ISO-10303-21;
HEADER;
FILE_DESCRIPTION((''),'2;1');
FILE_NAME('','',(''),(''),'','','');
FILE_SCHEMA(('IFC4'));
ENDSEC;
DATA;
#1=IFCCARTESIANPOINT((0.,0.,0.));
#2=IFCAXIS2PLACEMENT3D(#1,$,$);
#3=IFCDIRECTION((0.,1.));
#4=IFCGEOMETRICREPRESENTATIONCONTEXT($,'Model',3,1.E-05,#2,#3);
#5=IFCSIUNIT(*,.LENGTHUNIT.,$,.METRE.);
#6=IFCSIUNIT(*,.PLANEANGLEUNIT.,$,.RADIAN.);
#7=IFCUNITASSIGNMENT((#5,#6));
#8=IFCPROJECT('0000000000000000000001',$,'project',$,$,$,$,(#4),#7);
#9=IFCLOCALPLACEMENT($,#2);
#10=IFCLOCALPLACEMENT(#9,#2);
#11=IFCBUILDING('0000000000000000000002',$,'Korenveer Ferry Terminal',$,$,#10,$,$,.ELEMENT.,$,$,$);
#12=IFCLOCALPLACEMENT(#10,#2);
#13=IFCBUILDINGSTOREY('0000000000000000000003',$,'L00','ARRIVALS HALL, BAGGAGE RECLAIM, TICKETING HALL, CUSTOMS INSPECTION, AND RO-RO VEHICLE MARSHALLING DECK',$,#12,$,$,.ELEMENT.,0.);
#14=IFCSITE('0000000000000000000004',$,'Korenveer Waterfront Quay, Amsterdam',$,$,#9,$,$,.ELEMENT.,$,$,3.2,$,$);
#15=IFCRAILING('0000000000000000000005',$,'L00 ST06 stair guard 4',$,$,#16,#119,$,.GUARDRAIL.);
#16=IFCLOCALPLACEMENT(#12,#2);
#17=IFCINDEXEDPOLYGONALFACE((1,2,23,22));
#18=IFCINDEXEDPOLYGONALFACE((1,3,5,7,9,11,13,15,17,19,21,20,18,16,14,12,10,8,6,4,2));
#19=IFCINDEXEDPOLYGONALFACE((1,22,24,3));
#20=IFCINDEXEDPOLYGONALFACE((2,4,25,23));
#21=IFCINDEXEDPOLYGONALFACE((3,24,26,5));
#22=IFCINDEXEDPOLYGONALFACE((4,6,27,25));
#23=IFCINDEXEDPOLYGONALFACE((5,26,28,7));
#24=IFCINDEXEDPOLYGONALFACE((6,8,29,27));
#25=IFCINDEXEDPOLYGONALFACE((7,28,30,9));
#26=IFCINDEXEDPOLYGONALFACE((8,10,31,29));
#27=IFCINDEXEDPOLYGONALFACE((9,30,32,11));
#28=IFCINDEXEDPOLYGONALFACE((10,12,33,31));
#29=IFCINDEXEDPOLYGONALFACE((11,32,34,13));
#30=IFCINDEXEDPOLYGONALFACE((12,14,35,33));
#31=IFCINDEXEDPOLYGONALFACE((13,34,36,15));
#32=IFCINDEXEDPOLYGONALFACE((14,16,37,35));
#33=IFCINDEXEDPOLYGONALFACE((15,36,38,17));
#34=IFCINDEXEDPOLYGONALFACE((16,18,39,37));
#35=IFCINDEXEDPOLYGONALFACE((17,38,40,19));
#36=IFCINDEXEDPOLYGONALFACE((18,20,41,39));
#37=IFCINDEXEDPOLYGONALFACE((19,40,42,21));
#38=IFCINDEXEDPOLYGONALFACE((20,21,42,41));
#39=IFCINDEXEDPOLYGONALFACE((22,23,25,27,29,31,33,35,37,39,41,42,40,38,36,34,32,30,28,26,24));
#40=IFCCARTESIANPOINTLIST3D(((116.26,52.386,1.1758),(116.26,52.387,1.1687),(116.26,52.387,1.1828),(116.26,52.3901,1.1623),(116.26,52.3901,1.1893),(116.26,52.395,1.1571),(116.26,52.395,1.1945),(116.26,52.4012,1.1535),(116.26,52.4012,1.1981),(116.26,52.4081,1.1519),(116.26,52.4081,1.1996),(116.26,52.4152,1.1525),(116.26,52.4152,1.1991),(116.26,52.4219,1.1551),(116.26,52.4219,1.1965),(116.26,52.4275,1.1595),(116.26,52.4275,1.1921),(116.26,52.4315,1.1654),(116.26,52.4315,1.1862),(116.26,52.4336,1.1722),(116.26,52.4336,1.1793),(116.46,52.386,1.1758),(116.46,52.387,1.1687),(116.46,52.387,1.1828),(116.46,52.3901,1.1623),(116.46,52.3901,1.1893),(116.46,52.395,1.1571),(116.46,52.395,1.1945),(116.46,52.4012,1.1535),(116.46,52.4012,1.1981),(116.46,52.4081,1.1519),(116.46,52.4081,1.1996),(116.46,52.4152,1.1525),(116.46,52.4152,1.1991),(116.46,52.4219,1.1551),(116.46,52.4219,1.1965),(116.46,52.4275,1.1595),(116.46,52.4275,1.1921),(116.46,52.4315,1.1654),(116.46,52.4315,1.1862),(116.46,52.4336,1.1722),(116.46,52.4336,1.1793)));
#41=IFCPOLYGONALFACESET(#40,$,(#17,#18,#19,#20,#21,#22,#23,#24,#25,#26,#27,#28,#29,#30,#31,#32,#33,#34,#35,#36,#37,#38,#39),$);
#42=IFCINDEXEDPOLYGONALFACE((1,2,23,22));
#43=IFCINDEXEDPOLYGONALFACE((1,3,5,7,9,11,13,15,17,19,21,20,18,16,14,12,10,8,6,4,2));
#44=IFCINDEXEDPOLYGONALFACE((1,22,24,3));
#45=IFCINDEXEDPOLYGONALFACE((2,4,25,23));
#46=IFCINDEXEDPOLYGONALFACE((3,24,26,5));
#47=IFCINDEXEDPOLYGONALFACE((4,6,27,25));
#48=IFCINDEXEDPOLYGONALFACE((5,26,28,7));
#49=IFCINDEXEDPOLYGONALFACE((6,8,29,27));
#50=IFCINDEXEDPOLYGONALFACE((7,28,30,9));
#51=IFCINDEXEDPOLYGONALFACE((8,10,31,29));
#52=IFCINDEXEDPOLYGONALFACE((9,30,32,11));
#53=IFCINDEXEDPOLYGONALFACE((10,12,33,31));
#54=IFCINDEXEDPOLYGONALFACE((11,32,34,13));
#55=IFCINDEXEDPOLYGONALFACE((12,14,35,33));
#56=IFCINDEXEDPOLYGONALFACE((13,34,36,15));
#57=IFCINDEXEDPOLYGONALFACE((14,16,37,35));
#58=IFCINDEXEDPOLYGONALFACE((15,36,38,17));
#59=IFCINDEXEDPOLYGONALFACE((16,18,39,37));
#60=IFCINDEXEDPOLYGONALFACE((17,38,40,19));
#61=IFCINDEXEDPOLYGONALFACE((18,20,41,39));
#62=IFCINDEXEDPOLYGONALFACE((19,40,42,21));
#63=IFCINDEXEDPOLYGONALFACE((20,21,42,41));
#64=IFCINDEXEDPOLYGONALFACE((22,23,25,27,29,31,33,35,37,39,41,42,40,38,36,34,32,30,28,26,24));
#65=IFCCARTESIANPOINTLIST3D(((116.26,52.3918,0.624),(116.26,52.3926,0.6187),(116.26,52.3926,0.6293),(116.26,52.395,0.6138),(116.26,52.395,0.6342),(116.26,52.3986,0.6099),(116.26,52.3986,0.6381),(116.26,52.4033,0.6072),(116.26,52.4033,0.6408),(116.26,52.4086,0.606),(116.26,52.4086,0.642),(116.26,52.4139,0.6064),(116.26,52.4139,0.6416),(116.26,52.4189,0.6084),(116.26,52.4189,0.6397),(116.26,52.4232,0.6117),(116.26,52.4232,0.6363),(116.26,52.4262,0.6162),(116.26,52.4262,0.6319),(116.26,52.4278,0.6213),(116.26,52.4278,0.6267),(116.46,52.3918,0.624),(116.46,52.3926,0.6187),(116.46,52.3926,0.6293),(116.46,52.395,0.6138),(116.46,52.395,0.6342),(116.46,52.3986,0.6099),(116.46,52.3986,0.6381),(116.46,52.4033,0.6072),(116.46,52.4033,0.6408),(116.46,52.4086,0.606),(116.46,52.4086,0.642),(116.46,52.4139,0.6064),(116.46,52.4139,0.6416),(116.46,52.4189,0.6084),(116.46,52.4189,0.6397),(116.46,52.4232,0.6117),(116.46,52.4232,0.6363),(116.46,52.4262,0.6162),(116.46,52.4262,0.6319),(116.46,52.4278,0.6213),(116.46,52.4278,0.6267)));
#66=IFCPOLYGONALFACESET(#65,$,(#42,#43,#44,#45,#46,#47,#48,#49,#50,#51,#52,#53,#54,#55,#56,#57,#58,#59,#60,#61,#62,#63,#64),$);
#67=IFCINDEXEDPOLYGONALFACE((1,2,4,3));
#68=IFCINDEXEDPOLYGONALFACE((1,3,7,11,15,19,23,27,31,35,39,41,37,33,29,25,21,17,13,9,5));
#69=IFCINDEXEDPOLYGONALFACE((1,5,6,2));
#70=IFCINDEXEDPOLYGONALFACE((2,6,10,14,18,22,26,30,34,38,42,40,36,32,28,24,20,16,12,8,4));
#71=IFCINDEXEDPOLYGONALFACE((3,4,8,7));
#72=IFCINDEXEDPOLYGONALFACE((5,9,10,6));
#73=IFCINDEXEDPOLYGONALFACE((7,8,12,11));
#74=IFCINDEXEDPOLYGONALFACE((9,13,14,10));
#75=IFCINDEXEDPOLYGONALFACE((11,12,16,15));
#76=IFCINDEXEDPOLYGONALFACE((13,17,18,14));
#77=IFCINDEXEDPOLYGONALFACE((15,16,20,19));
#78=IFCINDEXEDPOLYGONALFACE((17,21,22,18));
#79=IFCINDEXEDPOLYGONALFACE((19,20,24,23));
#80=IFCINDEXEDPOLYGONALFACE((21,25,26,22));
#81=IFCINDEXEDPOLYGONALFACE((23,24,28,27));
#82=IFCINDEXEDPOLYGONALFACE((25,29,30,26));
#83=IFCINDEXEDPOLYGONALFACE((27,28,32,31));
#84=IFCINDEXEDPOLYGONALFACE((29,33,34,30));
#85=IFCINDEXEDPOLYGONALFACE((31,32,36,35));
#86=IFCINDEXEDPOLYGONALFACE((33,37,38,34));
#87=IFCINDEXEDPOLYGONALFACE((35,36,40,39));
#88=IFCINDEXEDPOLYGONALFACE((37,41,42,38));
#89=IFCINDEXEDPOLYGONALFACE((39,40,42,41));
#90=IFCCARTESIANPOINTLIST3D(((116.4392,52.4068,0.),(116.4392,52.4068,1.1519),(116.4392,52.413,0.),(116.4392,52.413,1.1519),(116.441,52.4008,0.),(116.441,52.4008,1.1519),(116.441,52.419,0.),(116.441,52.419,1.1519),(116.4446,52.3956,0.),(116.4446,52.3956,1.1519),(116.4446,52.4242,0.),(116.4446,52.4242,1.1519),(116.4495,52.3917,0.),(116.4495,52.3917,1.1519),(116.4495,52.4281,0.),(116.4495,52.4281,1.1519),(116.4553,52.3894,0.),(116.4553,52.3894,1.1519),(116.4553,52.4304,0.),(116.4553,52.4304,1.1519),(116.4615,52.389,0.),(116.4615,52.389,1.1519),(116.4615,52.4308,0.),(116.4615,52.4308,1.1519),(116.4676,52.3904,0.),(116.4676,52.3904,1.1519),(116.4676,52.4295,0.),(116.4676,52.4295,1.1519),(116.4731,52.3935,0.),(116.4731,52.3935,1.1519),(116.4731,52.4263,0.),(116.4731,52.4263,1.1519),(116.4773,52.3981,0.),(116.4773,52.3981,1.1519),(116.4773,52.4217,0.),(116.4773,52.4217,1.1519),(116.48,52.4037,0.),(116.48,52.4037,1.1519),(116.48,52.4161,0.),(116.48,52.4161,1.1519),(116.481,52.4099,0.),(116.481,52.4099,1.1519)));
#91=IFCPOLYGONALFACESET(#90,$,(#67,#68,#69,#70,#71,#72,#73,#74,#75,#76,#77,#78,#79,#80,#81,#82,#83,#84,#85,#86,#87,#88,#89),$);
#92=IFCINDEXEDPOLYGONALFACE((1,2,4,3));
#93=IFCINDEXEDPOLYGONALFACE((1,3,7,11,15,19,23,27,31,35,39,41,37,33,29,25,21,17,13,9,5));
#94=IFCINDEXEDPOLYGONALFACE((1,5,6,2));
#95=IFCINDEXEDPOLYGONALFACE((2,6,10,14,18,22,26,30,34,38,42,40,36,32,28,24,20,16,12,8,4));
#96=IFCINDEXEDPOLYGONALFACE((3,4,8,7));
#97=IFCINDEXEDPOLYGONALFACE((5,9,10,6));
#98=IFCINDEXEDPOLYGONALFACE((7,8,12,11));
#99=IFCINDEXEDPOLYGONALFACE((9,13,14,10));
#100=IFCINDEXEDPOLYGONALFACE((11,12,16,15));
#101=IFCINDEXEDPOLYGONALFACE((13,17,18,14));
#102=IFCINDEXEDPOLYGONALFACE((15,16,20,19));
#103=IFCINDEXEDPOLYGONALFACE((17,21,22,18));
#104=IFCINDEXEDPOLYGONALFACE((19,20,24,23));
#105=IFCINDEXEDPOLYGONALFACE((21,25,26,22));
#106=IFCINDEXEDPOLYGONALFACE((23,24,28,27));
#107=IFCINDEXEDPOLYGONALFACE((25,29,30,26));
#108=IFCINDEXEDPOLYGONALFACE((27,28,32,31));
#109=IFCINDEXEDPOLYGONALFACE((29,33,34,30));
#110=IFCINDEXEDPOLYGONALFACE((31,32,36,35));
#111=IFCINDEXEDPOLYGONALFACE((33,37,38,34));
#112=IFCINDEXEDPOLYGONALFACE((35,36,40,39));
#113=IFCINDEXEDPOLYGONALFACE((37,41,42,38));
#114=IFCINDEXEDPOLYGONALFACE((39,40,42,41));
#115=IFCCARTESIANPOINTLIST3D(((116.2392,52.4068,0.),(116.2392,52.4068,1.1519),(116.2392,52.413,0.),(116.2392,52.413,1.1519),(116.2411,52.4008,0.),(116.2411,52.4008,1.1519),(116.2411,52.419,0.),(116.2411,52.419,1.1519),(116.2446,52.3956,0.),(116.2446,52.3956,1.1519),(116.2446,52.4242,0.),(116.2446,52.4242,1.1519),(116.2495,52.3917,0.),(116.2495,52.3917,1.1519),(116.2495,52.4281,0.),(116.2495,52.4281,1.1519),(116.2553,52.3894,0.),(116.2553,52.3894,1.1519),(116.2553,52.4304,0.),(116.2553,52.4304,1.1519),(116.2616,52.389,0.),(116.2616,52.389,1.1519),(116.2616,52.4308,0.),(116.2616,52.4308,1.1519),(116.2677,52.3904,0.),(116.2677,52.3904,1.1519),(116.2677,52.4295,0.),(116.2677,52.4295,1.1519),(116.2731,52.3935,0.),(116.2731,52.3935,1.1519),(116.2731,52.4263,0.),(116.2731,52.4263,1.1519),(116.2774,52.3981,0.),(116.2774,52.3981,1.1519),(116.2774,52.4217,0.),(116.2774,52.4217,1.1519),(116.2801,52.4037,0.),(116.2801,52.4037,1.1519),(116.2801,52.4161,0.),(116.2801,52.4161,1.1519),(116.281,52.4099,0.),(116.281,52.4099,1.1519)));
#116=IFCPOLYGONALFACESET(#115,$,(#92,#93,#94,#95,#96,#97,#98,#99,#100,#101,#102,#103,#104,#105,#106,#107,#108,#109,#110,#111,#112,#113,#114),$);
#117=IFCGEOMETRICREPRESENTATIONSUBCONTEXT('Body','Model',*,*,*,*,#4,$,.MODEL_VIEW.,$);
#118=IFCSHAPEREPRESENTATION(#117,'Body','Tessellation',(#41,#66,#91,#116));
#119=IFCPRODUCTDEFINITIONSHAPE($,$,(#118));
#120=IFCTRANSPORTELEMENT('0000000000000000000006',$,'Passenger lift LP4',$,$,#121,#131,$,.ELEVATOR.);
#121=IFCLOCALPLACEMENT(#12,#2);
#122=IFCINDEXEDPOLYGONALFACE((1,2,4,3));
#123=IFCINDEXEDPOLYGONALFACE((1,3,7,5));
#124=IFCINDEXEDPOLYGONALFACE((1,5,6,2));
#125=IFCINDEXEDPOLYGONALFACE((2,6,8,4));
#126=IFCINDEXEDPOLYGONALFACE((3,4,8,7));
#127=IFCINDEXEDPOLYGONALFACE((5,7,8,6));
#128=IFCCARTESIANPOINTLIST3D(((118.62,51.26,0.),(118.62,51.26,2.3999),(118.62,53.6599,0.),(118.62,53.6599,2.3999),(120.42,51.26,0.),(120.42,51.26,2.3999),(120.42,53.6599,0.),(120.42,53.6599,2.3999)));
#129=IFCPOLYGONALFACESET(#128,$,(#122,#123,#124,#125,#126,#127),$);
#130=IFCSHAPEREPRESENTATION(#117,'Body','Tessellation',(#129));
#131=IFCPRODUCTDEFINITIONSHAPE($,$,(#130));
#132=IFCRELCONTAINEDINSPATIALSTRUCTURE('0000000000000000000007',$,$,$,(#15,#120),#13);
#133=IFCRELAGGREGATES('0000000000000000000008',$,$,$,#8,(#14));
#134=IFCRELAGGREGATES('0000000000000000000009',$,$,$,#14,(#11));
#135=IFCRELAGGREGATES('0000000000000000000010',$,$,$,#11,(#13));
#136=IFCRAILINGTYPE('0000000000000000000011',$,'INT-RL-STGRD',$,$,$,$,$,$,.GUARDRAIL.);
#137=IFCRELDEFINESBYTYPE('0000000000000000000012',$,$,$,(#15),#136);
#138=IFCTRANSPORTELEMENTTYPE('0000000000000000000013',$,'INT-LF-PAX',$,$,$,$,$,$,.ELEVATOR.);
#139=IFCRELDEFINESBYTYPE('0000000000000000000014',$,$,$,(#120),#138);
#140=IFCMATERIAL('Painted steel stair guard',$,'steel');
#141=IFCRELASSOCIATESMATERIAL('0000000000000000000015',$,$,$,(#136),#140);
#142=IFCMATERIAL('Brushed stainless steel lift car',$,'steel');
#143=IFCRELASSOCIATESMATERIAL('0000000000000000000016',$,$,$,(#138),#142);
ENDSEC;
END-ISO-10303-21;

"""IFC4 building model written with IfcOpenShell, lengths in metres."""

from ifc_helpers import new_model, si_unit, direction, frame, origin, origin_2d, place, context, subcontext, project, spatial, rectangle, circle, extrude, material, type_object, element, save


model = new_model("IFC4")

# Units and contexts
model_context = context("Model", 3, precision=1e-05, world=origin(), true_north=direction((0.0, 1.0)))
body_context = subcontext(model_context, "Body", "Model", "MODEL_VIEW")
ifc_project = project(units=[si_unit("LENGTHUNIT", "METRE"), si_unit("PLANEANGLEUNIT", "RADIAN")], contexts=[model_context])

# Site, building, storey
site_placement = place(None, origin())
site = spatial("IfcSite", under=ifc_project, at=site_placement, Name="Korenveer Waterfront Quay, Amsterdam", CompositionType="ELEMENT", RefElevation=3.2)
building_placement = place(site_placement, origin())
building = spatial("IfcBuilding", under=site, at=building_placement, Name="Korenveer Ferry Terminal", CompositionType="ELEMENT")
storey_placement = place(building_placement, origin())
storey = spatial("IfcBuildingStorey", under=building, at=storey_placement, Name="L00", Description="ARRIVALS HALL, BAGGAGE RECLAIM, TICKETING HALL, CUSTOMS INSPECTION, AND RO-RO VEHICLE MARSHALLING DECK", CompositionType="ELEMENT", Elevation=0.0)

# Railing
ifc_material_1 = material(Name="Painted steel stair guard", Category="steel")
railing_type_1 = type_object("IfcRailingType", Name="INT-RL-STGRD", PredefinedType="GUARDRAIL", material=ifc_material_1)
railing_1_placement = place(storey_placement, frame((116.46, 52.4099, 0.0)))
element("IfcRailing", 1, at=railing_1_placement, inside=storey, type_object=railing_type_1, Name="L00 ST06 stair guard 4", PredefinedType="GUARDRAIL", context=body_context, shape_type="SweptSolid", body=[
    extrude(circle(Radius=0.0239, at=origin_2d()), frame((0.0, 0.0, 1.1758), z_axis=(-1.0, 0.0, 0.0), x_axis=(0.0, -1.0, 0.0)), (0.0, 0.0, 1.0), 0.2),
    extrude(circle(Radius=0.0181, at=origin_2d()), frame((0.0, 0.0, 0.624), z_axis=(-1.0, 0.0, 0.0), x_axis=(0.0, -1.0, 0.0)), (0.0, 0.0, 1.0), 0.2),
    extrude(circle(Radius=0.021, at=origin_2d()), origin(), (0.0, 0.0, 1.0), 1.1519),
    extrude(circle(Radius=0.021, at=origin_2d()), frame((-0.2, 0.0, 0.0)), (0.0, 0.0, 1.0), 1.1519),
])

# Transport element
ifc_material_2 = material(Name="Brushed stainless steel lift car", Category="steel")
transport_element_type = type_object("IfcTransportElementType", Name="INT-LF-PAX", PredefinedType="ELEVATOR", material=ifc_material_2)
transport_element_placement = place(storey_placement, frame((119.52, 52.46, 0.0), z_axis=(0.0, 0.0, 1.0), x_axis=(1.0, 0.0, 0.0)))
element("IfcTransportElement", 2, at=transport_element_placement, inside=storey, type_object=transport_element_type, Name="Passenger lift LP4", PredefinedType="ELEVATOR", context=body_context, shape_type="SweptSolid", body=[
    extrude(rectangle(XDim=1.8, YDim=2.3999, at=origin_2d()), origin(), (0.0, 0.0, 1.0), 2.3999),
])

save(model, "model.ifc")
